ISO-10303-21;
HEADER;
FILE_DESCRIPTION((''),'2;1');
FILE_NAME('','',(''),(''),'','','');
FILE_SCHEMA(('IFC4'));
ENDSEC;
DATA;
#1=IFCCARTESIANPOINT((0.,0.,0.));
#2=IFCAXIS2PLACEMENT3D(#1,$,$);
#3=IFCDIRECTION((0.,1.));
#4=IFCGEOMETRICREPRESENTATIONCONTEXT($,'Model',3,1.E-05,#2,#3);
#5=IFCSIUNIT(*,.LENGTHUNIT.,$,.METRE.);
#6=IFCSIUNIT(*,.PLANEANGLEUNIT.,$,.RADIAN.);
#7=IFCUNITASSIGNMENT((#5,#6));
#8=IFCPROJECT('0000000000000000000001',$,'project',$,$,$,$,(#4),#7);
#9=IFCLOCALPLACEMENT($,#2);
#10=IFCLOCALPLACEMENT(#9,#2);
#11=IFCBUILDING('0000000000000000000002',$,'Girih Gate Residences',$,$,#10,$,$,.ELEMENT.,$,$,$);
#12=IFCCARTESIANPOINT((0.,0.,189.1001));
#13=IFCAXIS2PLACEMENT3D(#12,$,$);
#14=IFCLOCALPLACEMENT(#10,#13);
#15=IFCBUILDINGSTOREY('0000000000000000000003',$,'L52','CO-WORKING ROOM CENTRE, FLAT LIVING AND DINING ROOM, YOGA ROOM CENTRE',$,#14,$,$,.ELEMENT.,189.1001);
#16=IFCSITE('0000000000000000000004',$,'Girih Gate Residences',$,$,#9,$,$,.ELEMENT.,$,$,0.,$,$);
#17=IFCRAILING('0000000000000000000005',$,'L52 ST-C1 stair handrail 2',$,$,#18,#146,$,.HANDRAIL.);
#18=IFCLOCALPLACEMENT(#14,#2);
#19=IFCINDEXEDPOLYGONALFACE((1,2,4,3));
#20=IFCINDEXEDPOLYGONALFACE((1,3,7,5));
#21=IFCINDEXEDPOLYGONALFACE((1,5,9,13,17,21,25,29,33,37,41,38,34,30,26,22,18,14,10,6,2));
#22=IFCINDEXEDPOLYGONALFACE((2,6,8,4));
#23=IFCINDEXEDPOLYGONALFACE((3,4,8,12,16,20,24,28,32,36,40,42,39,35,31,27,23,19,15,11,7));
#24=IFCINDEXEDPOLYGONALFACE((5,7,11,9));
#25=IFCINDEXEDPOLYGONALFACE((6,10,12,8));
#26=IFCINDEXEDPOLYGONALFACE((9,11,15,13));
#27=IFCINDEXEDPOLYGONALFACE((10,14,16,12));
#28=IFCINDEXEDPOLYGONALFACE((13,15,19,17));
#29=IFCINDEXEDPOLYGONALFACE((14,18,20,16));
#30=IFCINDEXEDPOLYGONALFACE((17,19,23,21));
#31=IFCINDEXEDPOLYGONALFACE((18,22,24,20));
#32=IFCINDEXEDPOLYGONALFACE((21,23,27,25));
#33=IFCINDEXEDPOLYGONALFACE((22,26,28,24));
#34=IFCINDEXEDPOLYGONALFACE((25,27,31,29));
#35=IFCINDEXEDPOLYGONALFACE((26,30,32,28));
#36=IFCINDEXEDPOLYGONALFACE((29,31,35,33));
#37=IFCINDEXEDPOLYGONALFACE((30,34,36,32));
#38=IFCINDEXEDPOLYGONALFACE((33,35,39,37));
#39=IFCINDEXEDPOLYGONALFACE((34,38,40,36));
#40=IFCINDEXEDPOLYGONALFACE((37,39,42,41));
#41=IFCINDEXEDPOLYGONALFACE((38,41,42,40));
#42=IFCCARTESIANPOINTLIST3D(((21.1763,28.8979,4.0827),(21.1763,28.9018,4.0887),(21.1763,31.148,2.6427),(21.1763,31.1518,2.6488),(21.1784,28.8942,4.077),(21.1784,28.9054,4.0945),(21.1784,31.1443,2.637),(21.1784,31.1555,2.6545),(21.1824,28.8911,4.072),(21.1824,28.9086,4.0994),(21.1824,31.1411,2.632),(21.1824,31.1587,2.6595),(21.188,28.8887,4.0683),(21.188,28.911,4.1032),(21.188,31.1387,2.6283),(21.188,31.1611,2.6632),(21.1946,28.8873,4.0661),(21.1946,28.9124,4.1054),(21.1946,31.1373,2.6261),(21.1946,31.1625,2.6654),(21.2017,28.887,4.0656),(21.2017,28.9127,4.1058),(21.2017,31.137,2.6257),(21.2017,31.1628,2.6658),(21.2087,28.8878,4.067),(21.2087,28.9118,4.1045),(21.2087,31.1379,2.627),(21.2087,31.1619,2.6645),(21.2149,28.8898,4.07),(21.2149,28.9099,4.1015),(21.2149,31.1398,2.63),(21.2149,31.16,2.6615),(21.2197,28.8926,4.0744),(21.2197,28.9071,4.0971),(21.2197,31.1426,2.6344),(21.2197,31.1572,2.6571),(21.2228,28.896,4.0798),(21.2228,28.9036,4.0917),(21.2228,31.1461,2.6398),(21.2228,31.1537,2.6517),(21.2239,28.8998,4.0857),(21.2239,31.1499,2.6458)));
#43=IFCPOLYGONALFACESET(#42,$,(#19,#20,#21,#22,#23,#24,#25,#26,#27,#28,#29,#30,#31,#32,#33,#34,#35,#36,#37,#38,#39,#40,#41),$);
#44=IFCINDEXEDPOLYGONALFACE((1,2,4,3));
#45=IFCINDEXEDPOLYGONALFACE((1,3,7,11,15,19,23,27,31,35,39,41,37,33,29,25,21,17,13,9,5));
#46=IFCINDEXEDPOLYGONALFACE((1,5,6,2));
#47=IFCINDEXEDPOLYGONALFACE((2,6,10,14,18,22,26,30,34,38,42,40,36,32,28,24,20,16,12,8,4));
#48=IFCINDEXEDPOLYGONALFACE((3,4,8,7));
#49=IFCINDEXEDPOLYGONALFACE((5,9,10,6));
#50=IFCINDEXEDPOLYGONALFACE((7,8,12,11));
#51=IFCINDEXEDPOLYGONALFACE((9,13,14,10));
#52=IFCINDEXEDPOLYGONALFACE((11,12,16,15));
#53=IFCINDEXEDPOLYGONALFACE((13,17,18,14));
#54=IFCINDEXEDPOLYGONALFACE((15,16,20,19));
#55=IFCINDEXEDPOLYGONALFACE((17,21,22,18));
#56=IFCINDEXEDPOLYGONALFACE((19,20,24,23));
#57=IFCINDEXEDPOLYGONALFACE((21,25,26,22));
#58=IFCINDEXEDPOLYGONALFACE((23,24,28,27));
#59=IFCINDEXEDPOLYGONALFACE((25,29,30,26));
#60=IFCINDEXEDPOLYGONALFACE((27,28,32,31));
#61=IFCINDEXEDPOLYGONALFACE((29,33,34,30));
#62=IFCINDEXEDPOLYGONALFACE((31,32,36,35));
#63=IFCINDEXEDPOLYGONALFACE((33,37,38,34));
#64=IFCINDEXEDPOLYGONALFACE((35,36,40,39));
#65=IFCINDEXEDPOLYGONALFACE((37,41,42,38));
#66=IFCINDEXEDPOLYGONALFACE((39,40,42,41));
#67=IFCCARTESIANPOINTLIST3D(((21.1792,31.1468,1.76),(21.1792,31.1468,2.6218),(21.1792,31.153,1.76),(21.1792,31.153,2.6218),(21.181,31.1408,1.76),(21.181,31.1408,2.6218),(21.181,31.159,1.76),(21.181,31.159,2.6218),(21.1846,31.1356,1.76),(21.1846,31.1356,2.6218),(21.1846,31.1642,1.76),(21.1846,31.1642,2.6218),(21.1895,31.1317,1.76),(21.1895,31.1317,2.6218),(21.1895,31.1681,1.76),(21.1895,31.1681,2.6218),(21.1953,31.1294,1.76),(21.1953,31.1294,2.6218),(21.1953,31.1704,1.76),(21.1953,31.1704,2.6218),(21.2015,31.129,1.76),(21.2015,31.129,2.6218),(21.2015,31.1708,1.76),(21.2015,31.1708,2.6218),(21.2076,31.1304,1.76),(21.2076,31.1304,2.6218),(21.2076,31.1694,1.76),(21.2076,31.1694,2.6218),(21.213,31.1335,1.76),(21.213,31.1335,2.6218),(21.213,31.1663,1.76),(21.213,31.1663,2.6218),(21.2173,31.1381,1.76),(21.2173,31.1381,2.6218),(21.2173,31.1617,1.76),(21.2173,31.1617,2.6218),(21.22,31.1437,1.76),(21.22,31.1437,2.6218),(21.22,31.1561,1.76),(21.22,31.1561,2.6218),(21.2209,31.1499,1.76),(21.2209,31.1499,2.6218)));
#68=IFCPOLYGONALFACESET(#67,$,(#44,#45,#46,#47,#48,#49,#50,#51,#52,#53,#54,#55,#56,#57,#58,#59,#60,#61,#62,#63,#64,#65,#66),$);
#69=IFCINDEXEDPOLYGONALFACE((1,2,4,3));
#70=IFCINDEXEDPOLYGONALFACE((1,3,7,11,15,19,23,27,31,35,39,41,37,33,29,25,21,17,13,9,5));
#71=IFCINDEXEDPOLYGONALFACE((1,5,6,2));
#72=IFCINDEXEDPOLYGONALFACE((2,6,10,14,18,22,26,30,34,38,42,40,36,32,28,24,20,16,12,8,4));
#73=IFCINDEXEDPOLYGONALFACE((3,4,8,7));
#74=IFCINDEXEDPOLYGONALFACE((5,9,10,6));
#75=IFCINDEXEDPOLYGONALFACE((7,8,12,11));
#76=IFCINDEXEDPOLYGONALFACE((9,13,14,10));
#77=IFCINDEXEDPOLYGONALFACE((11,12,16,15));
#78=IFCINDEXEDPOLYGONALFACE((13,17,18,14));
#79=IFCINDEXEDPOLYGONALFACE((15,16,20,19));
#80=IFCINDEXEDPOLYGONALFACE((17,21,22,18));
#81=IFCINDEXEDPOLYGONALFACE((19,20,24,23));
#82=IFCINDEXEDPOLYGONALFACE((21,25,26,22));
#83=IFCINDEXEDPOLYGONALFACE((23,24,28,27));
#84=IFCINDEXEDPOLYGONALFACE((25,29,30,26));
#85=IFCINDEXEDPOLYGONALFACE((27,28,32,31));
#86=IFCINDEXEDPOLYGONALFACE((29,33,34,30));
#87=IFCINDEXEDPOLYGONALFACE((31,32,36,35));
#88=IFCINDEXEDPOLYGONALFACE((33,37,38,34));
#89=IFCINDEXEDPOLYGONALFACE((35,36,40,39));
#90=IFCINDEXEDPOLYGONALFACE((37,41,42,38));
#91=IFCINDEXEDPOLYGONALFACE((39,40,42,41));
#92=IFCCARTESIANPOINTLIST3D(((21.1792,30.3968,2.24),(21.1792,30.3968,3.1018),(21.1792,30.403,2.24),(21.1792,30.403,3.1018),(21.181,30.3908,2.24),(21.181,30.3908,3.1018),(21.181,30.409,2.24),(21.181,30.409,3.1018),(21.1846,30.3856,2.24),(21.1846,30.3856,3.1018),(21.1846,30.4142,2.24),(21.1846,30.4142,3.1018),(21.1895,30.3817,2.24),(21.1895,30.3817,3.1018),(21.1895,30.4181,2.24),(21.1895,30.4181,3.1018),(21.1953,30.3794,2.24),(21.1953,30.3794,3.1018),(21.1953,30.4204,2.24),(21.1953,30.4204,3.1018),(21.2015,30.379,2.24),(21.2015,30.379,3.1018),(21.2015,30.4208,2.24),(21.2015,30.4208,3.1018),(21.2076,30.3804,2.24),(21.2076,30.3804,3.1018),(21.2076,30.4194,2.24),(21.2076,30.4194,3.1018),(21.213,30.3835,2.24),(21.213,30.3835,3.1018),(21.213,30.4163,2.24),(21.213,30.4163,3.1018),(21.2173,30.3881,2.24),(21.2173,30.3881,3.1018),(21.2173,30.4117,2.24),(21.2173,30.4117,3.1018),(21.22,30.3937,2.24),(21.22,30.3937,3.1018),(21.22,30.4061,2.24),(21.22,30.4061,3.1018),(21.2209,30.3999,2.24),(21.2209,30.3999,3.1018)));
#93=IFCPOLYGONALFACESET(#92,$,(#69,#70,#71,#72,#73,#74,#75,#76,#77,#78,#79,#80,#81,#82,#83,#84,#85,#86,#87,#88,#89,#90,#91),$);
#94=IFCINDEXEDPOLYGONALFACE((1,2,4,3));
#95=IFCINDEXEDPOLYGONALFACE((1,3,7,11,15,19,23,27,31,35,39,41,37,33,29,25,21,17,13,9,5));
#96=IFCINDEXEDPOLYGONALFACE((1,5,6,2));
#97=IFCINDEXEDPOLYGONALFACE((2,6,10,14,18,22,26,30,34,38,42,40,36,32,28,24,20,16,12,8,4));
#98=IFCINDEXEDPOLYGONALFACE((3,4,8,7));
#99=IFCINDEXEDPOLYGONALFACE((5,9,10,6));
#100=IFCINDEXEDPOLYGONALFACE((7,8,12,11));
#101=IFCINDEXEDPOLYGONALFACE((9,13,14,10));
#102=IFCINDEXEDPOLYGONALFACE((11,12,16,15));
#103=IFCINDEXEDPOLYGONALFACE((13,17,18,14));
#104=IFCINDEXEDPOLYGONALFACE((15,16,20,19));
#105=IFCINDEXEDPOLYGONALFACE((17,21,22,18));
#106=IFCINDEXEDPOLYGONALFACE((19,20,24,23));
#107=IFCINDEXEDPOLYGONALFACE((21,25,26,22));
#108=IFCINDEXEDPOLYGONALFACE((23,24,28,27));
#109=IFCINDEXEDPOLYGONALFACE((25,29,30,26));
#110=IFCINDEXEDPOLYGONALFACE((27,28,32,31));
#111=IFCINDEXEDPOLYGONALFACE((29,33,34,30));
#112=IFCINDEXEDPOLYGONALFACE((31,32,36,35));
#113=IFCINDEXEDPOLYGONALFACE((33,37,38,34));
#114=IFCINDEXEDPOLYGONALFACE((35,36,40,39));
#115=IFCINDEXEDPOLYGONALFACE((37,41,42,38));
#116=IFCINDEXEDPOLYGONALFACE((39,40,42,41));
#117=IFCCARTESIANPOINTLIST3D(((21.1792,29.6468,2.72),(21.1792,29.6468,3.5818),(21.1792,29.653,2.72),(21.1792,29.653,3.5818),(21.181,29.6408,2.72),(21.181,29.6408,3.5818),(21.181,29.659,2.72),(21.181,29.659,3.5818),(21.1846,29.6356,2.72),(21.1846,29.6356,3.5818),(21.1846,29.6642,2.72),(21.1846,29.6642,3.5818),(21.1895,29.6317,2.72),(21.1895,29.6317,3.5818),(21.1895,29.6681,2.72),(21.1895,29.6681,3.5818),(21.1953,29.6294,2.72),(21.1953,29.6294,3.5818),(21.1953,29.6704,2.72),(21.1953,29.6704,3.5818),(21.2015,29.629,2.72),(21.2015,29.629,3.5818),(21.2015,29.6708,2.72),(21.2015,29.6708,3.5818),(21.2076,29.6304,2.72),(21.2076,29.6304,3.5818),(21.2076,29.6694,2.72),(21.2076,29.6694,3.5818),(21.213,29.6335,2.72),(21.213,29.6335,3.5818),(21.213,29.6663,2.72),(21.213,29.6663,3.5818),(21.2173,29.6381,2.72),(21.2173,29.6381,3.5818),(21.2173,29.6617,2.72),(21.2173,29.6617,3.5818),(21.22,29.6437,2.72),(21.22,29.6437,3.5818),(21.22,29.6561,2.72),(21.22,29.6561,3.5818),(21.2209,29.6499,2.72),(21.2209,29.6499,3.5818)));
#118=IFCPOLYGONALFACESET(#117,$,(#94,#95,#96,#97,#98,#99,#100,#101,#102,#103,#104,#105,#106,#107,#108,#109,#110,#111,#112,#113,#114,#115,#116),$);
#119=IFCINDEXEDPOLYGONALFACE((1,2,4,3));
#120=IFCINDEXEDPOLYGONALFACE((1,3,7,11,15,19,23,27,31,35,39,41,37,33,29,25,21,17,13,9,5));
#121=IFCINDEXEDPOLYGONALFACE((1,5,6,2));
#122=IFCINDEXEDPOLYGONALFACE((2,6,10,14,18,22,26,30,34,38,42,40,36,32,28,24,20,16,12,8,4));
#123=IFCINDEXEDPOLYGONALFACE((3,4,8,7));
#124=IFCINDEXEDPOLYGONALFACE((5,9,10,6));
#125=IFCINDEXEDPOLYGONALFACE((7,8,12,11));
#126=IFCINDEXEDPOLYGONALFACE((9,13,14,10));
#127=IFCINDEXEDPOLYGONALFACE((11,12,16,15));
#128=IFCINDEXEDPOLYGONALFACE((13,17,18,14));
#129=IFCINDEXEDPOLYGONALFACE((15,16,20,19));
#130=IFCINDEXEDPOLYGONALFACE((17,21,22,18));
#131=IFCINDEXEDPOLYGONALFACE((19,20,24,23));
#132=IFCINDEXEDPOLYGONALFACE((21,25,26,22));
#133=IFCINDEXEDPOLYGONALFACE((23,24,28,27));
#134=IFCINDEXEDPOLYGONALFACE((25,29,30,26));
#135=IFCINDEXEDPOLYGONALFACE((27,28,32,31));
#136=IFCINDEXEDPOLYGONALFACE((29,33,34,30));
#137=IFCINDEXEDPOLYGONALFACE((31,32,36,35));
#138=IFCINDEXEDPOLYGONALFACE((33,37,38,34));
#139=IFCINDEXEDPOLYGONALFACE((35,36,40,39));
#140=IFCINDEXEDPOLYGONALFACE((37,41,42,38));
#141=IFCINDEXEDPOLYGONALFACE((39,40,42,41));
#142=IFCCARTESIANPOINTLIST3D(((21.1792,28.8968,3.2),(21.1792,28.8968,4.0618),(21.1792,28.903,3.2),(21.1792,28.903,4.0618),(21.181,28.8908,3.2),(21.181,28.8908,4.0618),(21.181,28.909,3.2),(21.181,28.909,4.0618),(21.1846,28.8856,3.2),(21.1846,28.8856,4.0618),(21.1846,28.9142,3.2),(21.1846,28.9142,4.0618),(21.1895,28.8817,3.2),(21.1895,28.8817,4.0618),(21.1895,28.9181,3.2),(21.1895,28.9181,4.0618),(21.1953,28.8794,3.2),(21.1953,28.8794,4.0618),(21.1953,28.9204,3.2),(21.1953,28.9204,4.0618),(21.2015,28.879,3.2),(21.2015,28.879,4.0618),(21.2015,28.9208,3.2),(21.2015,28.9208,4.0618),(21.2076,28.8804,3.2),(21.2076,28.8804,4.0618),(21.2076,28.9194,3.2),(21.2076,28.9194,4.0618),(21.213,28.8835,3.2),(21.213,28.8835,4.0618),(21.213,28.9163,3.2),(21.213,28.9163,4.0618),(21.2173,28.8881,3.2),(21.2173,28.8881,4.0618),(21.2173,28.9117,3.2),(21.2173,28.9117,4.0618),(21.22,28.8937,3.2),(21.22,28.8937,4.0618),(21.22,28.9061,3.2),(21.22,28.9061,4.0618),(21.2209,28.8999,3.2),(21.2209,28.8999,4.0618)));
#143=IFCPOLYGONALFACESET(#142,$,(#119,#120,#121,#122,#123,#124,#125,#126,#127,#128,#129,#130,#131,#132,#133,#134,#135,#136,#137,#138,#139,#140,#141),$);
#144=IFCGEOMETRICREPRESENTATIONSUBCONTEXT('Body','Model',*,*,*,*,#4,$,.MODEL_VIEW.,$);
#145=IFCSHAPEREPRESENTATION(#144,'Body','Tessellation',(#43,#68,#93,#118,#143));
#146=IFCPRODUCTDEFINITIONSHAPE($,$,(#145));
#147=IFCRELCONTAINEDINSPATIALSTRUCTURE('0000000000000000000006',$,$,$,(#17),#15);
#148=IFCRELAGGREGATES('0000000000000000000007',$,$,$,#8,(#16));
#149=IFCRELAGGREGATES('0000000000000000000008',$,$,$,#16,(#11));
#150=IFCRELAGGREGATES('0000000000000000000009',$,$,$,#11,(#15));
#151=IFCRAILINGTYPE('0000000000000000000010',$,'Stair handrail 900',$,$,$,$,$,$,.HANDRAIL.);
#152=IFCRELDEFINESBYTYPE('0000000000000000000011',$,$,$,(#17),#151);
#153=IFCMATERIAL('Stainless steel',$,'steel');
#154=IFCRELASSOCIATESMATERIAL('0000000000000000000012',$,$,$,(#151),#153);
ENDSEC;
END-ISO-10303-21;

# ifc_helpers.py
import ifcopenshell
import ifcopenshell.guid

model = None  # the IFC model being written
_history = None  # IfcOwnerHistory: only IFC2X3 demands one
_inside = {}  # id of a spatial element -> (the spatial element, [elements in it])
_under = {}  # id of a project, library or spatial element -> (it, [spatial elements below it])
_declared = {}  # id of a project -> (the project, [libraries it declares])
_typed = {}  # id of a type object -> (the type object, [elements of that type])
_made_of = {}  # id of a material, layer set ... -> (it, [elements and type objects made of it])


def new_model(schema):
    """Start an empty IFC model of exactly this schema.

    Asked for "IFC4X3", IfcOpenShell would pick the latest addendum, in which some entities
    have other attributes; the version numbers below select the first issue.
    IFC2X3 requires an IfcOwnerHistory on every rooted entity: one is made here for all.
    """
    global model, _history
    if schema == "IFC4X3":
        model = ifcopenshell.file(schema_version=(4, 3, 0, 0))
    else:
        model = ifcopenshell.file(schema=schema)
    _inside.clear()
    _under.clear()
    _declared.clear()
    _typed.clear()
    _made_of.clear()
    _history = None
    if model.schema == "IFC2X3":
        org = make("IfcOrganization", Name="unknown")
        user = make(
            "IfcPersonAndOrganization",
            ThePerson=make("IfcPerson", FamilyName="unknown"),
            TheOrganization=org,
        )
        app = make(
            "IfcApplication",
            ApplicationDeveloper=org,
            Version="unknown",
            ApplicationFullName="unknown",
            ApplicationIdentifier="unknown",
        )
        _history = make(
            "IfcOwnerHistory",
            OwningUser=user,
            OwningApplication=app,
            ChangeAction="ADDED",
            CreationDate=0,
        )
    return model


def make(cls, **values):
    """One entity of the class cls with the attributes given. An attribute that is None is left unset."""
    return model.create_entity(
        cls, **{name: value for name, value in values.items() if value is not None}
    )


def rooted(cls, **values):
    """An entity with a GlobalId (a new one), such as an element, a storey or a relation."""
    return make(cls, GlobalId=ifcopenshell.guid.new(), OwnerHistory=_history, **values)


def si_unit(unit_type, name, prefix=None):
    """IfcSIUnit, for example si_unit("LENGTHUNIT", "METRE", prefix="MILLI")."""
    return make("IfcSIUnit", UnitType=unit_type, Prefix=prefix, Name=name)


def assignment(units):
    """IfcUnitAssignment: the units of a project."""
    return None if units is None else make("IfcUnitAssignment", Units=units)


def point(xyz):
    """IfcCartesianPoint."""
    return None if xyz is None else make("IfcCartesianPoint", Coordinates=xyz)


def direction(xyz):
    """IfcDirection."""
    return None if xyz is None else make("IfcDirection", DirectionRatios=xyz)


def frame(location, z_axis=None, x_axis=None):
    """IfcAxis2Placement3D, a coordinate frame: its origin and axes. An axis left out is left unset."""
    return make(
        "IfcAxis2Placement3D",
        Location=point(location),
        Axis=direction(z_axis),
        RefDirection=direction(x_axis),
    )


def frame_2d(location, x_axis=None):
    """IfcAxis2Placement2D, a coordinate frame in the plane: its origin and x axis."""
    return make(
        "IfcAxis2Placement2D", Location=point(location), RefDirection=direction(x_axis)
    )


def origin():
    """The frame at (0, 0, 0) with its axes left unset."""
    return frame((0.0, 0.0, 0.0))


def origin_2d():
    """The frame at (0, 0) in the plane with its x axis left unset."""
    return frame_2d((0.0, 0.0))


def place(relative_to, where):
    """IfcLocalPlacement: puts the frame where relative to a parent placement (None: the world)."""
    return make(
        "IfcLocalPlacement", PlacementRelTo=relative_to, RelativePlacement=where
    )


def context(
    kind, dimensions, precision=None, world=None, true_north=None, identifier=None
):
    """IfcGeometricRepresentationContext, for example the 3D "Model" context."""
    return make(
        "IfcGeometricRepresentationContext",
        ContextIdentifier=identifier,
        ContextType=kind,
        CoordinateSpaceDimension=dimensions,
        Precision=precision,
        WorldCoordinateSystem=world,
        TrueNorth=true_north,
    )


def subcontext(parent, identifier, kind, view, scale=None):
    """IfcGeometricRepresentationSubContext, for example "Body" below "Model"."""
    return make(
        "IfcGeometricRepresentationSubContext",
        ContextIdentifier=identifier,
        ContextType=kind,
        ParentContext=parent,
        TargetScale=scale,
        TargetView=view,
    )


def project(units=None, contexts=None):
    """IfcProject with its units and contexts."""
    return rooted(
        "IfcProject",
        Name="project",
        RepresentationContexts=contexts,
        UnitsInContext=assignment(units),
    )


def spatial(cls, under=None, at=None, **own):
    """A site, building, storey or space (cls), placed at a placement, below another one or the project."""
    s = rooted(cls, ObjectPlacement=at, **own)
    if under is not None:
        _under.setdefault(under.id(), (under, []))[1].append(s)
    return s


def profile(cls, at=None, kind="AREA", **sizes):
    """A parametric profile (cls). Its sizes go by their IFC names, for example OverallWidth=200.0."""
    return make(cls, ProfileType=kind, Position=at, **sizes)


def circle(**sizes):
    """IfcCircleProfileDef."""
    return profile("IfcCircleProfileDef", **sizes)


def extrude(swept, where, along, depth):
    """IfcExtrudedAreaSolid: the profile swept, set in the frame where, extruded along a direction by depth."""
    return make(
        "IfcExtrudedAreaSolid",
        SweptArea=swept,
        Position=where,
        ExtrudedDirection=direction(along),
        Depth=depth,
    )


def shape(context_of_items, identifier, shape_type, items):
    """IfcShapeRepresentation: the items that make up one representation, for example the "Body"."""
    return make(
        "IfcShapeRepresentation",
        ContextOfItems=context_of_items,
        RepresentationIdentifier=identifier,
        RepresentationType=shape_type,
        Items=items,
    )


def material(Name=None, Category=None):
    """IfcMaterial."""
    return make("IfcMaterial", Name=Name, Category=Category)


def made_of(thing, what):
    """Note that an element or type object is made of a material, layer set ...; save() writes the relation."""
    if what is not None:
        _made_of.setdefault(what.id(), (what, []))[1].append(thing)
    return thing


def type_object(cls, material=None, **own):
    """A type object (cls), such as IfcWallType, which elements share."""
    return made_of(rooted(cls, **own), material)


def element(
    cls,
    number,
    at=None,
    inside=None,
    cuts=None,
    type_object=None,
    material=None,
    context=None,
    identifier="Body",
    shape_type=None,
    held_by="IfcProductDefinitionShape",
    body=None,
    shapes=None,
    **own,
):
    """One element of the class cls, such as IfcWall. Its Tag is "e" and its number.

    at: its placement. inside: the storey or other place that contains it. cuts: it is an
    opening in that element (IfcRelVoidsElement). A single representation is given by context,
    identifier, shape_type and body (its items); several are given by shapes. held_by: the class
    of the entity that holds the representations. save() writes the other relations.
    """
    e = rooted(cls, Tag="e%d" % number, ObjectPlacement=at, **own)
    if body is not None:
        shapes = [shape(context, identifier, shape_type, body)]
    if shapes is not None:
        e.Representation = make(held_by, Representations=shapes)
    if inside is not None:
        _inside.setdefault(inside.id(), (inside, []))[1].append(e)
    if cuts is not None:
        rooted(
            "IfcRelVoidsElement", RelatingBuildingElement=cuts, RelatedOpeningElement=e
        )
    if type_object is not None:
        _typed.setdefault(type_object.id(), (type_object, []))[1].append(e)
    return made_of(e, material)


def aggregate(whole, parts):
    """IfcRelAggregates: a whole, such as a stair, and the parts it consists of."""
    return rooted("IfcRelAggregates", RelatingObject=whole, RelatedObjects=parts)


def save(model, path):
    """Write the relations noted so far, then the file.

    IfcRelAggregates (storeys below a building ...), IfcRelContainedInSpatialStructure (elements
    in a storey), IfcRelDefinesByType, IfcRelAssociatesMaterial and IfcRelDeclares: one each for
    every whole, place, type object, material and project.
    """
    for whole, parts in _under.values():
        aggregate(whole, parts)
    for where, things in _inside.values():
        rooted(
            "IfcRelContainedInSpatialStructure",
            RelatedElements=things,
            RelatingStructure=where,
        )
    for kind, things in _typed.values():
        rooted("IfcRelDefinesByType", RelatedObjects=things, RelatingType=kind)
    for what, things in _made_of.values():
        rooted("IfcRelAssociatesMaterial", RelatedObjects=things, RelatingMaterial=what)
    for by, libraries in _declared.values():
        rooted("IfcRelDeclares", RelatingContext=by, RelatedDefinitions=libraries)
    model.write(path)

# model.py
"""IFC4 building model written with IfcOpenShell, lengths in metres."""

from ifc_helpers import new_model, si_unit, direction, frame, origin, origin_2d, place, context, subcontext, project, spatial, circle, extrude, material, type_object, element, save


model = new_model("IFC4")

# Units and contexts
model_context = context("Model", 3, precision=1e-05, world=origin(), true_north=direction((0.0, 1.0)))
body_context = subcontext(model_context, "Body", "Model", "MODEL_VIEW")
ifc_project = project(units=[si_unit("LENGTHUNIT", "METRE"), si_unit("PLANEANGLEUNIT", "RADIAN")], contexts=[model_context])

# Site, building, storey
site_placement = place(None, origin())
site = spatial("IfcSite", under=ifc_project, at=site_placement, Name="Girih Gate Residences", CompositionType="ELEMENT", RefElevation=0.0)
building_placement = place(site_placement, origin())
building = spatial("IfcBuilding", under=site, at=building_placement, Name="Girih Gate Residences", CompositionType="ELEMENT")
storey_placement = place(building_placement, frame((0.0, 0.0, 189.1001)))
storey = spatial("IfcBuildingStorey", under=building, at=storey_placement, Name="L52", Description="CO-WORKING ROOM CENTRE, FLAT LIVING AND DINING ROOM, YOGA ROOM CENTRE", CompositionType="ELEMENT", Elevation=189.1001)

# Railing
ifc_material_1 = material(Name="Stainless steel", Category="steel")
railing_type_1 = type_object("IfcRailingType", Name="Stair handrail 900", PredefinedType="HANDRAIL", material=ifc_material_1)
railing_1_placement = place(storey_placement, frame((21.2, 31.1499, 1.76)))
element("IfcRailing", 1, at=railing_1_placement, inside=storey, type_object=railing_type_1, Name="L52 ST-C1 stair handrail 2", PredefinedType="HANDRAIL", context=body_context, shape_type="SweptSolid", body=[
    extrude(circle(Radius=0.0239, at=origin_2d()), frame((0.0, 0.0, 0.8857), z_axis=(0.0, -0.842281, 0.539038), x_axis=(1.0, 0.0, 0.0)), (0.0, 0.0, 1.0), 2.6714),
    extrude(circle(Radius=0.021, at=origin_2d()), origin(), (0.0, 0.0, 1.0), 0.8618),
    extrude(circle(Radius=0.021, at=origin_2d()), frame((0.0, -0.75, 0.48)), (0.0, 0.0, 1.0), 0.8618),
    extrude(circle(Radius=0.021, at=origin_2d()), frame((0.0, -1.5, 0.96)), (0.0, 0.0, 1.0), 0.8618),
    extrude(circle(Radius=0.021, at=origin_2d()), frame((0.0, -2.25, 1.4399)), (0.0, 0.0, 1.0), 0.8618),
])

save(model, "model.ifc")
